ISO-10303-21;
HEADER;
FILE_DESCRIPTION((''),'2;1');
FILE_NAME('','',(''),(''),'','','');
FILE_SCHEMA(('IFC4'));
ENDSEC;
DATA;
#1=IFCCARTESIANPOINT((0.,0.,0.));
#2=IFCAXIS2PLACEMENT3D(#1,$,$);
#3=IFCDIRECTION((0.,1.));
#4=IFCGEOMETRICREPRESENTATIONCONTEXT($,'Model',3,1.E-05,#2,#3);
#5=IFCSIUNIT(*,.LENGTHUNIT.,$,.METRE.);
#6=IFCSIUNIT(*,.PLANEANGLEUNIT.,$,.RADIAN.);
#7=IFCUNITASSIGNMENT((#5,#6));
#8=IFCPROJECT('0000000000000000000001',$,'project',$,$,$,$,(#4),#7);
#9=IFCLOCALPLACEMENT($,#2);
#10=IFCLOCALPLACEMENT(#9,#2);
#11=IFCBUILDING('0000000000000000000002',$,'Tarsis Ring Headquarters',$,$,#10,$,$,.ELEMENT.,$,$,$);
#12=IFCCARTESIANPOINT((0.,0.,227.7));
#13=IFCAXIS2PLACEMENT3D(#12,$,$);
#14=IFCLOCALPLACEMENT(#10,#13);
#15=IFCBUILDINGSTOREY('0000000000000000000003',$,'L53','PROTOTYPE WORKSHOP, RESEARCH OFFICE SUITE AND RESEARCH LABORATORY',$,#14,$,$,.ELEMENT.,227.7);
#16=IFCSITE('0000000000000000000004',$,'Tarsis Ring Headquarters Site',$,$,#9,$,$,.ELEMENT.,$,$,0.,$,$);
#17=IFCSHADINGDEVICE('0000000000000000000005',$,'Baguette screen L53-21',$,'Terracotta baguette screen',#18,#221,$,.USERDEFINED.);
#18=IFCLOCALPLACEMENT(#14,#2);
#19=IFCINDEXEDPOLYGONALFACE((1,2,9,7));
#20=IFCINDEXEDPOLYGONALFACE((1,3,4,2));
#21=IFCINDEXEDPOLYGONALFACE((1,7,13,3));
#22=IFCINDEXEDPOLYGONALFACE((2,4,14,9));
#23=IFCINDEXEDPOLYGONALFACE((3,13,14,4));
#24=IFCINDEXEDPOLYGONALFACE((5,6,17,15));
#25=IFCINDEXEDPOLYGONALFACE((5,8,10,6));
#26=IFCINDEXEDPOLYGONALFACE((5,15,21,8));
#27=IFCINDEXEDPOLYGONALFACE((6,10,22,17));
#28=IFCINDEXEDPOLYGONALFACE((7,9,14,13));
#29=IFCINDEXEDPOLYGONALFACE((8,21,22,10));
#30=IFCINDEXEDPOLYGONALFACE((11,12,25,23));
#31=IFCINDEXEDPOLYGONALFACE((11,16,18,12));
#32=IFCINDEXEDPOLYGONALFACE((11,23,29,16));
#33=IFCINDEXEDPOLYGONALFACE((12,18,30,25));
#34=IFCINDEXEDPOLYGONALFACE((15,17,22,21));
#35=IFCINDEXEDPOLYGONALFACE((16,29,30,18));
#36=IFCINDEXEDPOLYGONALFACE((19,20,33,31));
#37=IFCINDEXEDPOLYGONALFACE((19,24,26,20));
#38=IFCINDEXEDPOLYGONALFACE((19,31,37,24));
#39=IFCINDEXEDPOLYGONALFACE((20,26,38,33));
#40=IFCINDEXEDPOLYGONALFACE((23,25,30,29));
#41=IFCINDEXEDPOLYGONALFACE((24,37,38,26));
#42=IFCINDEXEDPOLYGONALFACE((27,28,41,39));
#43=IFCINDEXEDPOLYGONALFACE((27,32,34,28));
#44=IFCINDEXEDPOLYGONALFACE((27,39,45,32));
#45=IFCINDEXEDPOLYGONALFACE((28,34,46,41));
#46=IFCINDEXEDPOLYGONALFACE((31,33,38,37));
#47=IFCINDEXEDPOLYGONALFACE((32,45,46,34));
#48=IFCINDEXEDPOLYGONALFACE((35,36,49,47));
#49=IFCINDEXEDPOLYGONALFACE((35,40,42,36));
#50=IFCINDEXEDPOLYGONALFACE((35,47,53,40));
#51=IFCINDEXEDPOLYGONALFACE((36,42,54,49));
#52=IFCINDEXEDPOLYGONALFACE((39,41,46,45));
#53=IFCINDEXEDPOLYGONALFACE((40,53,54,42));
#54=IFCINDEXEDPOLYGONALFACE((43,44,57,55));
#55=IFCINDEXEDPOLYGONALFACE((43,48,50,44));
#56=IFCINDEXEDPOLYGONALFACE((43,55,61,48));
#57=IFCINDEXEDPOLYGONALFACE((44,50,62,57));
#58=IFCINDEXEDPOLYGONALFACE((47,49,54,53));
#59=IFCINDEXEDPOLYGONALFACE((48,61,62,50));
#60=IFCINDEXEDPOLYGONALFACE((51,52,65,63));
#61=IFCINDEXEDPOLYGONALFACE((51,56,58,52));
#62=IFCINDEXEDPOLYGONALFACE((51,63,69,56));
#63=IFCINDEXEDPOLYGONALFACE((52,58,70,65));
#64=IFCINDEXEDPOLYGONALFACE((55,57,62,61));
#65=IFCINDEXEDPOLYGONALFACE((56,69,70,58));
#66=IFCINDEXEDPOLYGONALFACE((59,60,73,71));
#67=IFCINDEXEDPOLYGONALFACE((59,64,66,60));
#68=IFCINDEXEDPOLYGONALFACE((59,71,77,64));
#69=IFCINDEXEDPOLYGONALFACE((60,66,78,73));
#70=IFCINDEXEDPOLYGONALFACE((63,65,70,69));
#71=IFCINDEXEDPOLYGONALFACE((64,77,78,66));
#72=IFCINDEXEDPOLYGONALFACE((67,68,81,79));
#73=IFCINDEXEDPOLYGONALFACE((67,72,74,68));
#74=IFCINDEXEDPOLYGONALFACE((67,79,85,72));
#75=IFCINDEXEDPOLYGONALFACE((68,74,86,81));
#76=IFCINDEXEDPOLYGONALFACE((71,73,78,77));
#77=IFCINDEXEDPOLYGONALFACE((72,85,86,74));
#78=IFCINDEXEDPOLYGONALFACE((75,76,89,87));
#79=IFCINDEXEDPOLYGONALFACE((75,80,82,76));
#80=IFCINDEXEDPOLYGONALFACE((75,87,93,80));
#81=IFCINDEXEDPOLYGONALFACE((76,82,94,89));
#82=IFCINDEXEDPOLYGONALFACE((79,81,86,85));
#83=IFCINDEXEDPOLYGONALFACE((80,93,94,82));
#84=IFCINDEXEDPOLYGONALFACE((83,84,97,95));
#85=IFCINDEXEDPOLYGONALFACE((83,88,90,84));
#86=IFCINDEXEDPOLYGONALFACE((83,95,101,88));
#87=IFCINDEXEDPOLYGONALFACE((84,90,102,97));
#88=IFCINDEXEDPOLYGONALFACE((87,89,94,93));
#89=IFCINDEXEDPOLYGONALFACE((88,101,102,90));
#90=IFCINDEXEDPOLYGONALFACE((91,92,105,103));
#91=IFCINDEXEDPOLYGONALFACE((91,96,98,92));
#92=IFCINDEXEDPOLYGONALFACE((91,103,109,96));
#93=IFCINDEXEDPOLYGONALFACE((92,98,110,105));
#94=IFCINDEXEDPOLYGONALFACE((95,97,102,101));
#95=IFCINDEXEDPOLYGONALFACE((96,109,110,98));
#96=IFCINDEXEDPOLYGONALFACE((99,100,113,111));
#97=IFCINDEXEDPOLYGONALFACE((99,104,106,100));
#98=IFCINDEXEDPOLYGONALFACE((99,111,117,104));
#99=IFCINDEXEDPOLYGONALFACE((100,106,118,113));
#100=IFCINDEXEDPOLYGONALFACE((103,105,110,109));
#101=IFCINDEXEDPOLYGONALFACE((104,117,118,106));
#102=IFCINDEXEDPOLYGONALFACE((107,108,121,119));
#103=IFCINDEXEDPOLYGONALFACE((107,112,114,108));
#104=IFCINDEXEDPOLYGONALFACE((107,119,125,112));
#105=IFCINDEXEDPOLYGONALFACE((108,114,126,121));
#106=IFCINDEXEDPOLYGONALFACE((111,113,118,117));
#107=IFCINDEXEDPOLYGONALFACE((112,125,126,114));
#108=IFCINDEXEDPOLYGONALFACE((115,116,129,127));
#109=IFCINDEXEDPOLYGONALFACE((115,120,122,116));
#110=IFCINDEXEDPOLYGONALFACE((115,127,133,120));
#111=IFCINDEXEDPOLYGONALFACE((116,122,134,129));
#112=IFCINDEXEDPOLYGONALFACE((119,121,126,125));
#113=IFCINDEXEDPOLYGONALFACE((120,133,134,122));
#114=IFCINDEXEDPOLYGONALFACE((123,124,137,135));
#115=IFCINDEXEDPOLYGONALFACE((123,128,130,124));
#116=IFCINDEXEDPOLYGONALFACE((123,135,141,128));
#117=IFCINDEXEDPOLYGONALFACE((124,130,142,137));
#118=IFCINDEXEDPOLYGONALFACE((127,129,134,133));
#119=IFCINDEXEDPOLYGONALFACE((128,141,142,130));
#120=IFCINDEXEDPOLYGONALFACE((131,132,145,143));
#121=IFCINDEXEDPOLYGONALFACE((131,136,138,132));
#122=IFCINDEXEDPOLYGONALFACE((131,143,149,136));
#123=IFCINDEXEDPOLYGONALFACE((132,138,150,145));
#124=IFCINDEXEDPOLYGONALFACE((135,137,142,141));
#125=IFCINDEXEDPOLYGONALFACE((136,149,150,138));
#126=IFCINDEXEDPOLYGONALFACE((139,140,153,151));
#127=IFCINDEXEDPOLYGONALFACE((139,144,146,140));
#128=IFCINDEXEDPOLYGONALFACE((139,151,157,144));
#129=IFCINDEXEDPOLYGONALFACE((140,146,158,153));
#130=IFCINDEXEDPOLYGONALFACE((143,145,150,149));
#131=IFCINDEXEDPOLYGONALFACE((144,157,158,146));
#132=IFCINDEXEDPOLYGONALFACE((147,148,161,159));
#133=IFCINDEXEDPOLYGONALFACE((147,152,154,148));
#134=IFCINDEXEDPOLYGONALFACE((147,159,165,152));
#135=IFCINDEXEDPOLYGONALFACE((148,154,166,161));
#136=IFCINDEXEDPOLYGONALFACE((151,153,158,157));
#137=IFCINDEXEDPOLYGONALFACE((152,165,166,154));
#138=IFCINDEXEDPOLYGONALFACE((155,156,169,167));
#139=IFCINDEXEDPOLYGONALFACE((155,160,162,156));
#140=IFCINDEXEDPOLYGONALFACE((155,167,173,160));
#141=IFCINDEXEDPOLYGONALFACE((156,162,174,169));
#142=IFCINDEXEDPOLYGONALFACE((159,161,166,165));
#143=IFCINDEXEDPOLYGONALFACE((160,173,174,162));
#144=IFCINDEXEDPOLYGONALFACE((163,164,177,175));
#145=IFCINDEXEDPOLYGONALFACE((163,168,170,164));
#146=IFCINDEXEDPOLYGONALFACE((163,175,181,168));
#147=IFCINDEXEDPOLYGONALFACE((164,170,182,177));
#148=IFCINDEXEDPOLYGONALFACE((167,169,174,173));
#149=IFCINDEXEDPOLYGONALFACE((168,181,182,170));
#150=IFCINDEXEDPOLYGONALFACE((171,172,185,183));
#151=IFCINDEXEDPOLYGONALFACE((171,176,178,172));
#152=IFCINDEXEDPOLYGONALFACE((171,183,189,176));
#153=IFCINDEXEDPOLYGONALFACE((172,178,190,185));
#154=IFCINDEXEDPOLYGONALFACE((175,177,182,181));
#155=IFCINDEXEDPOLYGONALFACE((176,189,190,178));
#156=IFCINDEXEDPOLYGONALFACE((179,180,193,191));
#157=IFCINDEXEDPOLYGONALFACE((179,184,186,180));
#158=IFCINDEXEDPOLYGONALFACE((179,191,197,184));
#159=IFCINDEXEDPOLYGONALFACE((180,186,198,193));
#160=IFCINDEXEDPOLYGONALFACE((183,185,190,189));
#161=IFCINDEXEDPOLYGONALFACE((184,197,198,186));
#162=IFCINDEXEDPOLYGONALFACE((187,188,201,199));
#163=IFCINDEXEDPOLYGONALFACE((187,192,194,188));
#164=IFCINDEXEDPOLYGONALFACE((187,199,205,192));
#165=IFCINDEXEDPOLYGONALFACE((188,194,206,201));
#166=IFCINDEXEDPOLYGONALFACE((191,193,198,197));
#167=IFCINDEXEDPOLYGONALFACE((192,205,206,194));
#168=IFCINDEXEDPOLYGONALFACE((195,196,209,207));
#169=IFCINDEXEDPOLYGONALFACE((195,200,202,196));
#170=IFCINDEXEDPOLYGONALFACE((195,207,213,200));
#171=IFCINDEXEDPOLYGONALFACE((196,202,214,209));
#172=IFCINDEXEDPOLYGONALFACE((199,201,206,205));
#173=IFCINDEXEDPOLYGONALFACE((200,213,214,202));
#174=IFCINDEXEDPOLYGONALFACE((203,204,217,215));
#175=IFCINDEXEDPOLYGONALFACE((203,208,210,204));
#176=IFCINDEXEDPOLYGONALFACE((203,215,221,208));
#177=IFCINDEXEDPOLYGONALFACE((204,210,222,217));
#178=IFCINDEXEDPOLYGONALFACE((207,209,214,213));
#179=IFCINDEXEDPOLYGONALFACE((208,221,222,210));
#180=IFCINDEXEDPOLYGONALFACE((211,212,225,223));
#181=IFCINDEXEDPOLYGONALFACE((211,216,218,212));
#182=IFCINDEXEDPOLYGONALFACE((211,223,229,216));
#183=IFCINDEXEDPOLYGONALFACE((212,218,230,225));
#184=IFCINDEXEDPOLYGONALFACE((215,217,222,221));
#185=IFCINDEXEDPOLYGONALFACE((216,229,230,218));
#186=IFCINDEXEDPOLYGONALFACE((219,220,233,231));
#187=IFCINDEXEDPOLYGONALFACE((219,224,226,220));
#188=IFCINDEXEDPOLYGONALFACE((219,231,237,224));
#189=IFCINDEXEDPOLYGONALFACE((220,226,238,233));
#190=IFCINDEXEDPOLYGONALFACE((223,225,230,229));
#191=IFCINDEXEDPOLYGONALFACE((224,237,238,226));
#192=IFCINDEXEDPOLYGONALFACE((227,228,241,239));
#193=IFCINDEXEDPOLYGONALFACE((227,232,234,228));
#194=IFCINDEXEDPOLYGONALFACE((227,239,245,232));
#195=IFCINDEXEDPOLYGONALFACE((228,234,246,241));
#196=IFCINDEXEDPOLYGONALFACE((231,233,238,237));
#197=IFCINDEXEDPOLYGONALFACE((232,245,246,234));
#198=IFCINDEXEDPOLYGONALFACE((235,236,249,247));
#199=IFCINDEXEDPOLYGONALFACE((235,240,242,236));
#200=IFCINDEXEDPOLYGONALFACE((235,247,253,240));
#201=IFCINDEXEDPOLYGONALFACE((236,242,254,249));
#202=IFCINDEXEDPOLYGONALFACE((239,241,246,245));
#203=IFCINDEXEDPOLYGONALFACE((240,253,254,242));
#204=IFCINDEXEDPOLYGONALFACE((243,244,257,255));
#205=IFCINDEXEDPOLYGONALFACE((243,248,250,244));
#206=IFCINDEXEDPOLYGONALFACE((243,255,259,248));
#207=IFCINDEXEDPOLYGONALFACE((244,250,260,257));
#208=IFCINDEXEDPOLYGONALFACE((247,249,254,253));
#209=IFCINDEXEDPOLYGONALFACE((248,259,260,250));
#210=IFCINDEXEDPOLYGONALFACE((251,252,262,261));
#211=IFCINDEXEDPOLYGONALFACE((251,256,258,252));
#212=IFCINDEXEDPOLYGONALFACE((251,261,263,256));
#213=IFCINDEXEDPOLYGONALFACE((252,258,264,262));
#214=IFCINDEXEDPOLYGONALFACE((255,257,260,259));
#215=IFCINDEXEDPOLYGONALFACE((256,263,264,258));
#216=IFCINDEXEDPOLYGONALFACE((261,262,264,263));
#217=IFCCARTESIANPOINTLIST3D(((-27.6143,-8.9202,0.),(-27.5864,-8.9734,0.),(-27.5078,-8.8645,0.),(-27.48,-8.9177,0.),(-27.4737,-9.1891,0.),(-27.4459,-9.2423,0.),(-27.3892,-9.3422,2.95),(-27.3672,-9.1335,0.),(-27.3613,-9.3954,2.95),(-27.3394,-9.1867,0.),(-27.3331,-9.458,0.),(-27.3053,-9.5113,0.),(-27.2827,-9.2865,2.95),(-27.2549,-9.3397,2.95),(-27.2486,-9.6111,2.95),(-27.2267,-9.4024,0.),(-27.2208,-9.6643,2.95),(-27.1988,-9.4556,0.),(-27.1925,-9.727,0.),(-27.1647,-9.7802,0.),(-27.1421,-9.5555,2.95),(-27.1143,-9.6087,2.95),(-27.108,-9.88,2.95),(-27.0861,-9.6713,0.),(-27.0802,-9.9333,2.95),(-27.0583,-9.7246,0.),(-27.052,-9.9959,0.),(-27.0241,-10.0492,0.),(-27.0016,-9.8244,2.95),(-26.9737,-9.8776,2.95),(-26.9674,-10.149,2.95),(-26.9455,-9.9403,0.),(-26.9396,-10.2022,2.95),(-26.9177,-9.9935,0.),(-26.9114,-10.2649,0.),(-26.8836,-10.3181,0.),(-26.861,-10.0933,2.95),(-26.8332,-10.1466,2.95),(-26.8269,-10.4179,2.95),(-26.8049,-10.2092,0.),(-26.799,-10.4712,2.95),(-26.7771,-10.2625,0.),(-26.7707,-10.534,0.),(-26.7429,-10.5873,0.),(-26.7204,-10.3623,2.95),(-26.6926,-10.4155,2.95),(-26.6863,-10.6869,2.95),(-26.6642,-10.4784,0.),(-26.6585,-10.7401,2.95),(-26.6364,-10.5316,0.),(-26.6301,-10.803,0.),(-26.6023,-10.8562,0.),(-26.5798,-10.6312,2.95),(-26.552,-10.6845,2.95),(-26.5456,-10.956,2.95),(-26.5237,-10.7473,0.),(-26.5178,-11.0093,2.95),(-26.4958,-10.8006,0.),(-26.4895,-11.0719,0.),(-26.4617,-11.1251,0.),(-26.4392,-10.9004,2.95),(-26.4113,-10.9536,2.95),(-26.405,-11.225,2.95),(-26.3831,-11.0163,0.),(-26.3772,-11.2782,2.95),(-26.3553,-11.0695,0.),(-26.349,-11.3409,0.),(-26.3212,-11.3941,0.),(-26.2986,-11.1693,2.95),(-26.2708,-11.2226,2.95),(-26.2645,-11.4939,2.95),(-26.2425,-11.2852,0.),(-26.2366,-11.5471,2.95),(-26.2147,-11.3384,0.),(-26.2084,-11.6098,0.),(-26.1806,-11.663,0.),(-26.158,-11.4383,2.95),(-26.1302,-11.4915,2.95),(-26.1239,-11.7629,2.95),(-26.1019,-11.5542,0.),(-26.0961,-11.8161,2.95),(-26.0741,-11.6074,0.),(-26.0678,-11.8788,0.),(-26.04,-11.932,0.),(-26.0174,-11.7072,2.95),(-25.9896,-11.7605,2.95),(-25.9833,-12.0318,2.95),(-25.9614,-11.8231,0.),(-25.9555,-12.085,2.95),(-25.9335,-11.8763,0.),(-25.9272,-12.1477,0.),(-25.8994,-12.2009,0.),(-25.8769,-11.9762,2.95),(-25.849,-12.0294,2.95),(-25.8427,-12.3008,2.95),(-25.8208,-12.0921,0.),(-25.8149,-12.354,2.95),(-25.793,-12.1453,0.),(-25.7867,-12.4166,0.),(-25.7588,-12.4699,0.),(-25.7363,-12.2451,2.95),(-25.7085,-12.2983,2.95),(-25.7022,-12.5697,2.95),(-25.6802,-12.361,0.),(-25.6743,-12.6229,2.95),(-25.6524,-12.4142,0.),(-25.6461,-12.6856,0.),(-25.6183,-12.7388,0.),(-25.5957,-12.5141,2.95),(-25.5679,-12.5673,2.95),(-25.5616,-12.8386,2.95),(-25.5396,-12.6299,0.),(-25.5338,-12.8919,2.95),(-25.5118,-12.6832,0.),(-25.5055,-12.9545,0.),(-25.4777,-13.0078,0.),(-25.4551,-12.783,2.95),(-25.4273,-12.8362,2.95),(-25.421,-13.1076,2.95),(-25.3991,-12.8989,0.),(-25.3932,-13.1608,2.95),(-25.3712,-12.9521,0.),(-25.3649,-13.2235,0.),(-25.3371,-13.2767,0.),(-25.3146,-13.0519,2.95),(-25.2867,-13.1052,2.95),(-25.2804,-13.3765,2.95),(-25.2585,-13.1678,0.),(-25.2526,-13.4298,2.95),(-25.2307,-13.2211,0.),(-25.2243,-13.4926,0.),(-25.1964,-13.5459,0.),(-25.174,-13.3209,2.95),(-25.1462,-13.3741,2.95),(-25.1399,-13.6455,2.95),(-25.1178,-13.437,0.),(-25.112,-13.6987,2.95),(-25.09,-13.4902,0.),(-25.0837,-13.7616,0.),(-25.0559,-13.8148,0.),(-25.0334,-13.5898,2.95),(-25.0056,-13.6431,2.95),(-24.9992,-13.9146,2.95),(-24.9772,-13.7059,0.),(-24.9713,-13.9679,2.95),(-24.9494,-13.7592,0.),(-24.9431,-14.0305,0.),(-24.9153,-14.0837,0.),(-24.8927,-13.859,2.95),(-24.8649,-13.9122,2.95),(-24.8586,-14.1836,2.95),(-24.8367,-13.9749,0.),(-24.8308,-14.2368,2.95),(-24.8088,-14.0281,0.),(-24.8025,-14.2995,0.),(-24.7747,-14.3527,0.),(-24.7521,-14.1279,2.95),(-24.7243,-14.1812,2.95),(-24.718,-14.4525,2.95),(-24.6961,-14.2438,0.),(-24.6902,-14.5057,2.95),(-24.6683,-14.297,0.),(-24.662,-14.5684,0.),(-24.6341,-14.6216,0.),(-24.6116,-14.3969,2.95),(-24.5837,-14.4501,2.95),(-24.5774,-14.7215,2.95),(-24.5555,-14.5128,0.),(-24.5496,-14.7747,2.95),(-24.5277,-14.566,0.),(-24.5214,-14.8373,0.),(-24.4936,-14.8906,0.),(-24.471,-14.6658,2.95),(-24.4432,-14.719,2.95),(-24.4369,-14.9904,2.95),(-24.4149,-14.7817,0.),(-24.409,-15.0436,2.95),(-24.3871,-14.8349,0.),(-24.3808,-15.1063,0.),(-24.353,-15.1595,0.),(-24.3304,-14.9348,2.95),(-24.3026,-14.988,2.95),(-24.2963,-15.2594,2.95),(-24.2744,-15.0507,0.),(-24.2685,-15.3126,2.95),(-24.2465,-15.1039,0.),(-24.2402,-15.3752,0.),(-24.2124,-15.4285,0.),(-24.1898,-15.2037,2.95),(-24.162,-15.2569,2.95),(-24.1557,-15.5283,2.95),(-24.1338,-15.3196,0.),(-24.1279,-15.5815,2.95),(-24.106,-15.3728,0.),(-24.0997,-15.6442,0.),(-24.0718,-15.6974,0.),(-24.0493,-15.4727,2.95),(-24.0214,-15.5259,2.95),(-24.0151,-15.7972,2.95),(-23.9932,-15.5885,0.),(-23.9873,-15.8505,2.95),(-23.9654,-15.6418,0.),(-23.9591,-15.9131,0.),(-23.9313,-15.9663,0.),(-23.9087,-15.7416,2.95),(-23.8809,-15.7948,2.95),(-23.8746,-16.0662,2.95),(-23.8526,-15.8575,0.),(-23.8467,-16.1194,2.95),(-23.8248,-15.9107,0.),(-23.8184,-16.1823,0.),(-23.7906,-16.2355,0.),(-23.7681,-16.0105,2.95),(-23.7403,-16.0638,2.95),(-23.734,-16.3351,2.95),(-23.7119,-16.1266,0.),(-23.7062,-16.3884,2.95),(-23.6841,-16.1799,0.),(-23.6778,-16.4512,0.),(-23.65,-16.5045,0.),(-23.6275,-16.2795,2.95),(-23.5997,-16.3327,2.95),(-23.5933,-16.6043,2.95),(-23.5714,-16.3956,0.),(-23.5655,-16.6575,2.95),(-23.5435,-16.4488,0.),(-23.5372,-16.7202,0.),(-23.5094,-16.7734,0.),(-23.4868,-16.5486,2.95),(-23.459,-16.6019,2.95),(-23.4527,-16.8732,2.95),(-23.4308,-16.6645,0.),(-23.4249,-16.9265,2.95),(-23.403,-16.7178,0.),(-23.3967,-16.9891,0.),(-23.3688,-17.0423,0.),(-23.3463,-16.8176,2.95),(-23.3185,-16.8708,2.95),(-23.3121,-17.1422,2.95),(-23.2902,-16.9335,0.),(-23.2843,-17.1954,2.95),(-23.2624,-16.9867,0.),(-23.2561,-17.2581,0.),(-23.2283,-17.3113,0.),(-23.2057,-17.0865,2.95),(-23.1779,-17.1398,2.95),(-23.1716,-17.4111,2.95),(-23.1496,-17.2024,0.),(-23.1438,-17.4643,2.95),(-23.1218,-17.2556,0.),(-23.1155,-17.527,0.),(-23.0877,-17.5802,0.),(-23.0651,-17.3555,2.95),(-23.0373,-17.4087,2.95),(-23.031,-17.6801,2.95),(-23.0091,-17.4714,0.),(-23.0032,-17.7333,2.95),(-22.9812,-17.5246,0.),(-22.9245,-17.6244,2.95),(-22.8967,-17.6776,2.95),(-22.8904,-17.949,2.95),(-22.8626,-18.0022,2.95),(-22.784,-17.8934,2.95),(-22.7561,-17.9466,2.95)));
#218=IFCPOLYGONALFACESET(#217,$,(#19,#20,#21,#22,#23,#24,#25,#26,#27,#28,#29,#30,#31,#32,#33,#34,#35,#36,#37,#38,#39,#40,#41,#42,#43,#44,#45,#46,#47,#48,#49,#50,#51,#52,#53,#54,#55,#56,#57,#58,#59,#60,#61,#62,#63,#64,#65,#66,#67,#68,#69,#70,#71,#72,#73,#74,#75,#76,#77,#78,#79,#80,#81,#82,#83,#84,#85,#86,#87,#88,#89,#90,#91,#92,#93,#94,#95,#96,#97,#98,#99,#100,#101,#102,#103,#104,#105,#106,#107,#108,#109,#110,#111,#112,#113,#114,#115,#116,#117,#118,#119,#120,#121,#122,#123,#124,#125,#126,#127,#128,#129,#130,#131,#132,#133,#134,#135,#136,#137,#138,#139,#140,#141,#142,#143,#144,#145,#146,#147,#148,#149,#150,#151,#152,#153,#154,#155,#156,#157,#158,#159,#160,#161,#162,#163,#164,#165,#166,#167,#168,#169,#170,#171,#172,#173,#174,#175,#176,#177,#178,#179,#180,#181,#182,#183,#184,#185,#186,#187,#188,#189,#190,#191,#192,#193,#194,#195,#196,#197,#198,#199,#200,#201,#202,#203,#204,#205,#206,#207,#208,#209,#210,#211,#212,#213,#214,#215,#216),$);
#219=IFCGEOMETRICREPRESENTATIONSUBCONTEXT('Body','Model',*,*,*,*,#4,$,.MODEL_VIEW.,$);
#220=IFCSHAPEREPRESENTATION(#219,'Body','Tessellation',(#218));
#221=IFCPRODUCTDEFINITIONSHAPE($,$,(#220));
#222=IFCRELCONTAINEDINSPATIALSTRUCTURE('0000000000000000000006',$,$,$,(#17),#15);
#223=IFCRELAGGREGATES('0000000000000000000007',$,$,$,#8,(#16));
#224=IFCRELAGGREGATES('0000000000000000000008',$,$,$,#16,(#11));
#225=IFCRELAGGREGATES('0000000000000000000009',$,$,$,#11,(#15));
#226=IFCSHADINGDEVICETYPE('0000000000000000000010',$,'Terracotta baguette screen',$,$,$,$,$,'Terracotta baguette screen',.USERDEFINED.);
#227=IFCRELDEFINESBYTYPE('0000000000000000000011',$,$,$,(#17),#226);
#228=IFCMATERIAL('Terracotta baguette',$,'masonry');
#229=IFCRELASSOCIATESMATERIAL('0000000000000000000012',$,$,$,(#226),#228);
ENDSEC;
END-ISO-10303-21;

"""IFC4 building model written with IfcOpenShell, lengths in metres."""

from ifc_helpers import new_model, si_unit, direction, frame, frame_2d, origin, place, context, subcontext, project, spatial, rectangle, composite_profile, extrude, material, type_object, element, save


model = new_model("IFC4")

# Units and contexts
model_context = context("Model", 3, precision=1e-05, world=origin(), true_north=direction((0.0, 1.0)))
body_context = subcontext(model_context, "Body", "Model", "MODEL_VIEW")
ifc_project = project(units=[si_unit("LENGTHUNIT", "METRE"), si_unit("PLANEANGLEUNIT", "RADIAN")], contexts=[model_context])

# Site, building, storey
site_placement = place(None, origin())
site = spatial("IfcSite", under=ifc_project, at=site_placement, Name="Tarsis Ring Headquarters Site", CompositionType="ELEMENT", RefElevation=0.0)
building_placement = place(site_placement, origin())
building = spatial("IfcBuilding", under=site, at=building_placement, Name="Tarsis Ring Headquarters", CompositionType="ELEMENT")
storey_placement = place(building_placement, frame((0.0, 0.0, 227.7)))
storey = spatial("IfcBuildingStorey", under=building, at=storey_placement, Name="L53", Description="PROTOTYPE WORKSHOP, RESEARCH OFFICE SUITE AND RESEARCH LABORATORY", CompositionType="ELEMENT", Elevation=227.7)

# Shading device
ifc_material_1 = material(Name="Terracotta baguette", Category="masonry")
shading_device_type = type_object("IfcShadingDeviceType", Name="Terracotta baguette screen", ElementType="Terracotta baguette screen", PredefinedType="USERDEFINED", material=ifc_material_1)
shading_device_1_placement = place(storey_placement, frame((-27.561, -8.8923, 0.0), z_axis=(0.0, 0.0, 1.0), x_axis=(0.463235, -0.886246, 0.0)))
element("IfcShadingDevice", 1, at=shading_device_1_placement, inside=storey, type_object=shading_device_type, Name="Baguette screen L53-21", ObjectType="Terracotta baguette screen", PredefinedType="USERDEFINED", context=body_context, shape_type="SweptSolid", body=[
    extrude(composite_profile([rectangle(XDim=0.0601, YDim=0.1201, at=frame_2d((0.03, 0.0))), rectangle(XDim=0.0601, YDim=0.1201, at=frame_2d((0.3335, 0.0))), rectangle(XDim=0.0601, YDim=0.1201, at=frame_2d((0.637, 0.0))), rectangle(XDim=0.0601, YDim=0.1201, at=frame_2d((0.9404, 0.0))), rectangle(XDim=0.0601, YDim=0.1201, at=frame_2d((1.2439, 0.0))), rectangle(XDim=0.0601, YDim=0.1201, at=frame_2d((1.5474, 0.0))), rectangle(XDim=0.0601, YDim=0.1201, at=frame_2d((1.8511, 0.0))), rectangle(XDim=0.0601, YDim=0.1201, at=frame_2d((2.1545, 0.0))), rectangle(XDim=0.0601, YDim=0.1201, at=frame_2d((2.458, 0.0))), rectangle(XDim=0.0601, YDim=0.1201, at=frame_2d((2.7615, 0.0))), rectangle(XDim=0.0601, YDim=0.1201, at=frame_2d((3.0649, 0.0))), rectangle(XDim=0.0601, YDim=0.1201, at=frame_2d((3.3684, 0.0))), rectangle(XDim=0.0601, YDim=0.1201, at=frame_2d((3.6719, 0.0))), rectangle(XDim=0.0601, YDim=0.1201, at=frame_2d((3.9753, 0.0))), rectangle(XDim=0.0601, YDim=0.1201, at=frame_2d((4.2788, 0.0))), rectangle(XDim=0.0601, YDim=0.1201, at=frame_2d((4.5823, 0.0))), rectangle(XDim=0.0601, YDim=0.1201, at=frame_2d((4.8857, 0.0))), rectangle(XDim=0.0601, YDim=0.1201, at=frame_2d((5.1895, 0.0))), rectangle(XDim=0.0601, YDim=0.1201, at=frame_2d((5.4929, 0.0))), rectangle(XDim=0.0601, YDim=0.1201, at=frame_2d((5.7964, 0.0))), rectangle(XDim=0.0601, YDim=0.1201, at=frame_2d((6.0999, 0.0))), rectangle(XDim=0.0601, YDim=0.1201, at=frame_2d((6.4033, 0.0))), rectangle(XDim=0.0601, YDim=0.1201, at=frame_2d((6.7068, 0.0))), rectangle(XDim=0.0601, YDim=0.1201, at=frame_2d((7.0103, 0.0))), rectangle(XDim=0.0601, YDim=0.1201, at=frame_2d((7.3137, 0.0))), rectangle(XDim=0.0601, YDim=0.1201, at=frame_2d((7.6172, 0.0))), rectangle(XDim=0.0601, YDim=0.1201, at=frame_2d((7.9207, 0.0))), rectangle(XDim=0.0601, YDim=0.1201, at=frame_2d((8.2244, 0.0))), rectangle(XDim=0.0601, YDim=0.1201, at=frame_2d((8.5278, 0.0))), rectangle(XDim=0.0601, YDim=0.1201, at=frame_2d((8.8313, 0.0))), rectangle(XDim=0.0601, YDim=0.1201, at=frame_2d((9.1348, 0.0))), rectangle(XDim=0.0601, YDim=0.1201, at=frame_2d((9.4382, 0.0))), rectangle(XDim=0.0601, YDim=0.1201, at=frame_2d((9.7417, 0.0)))]), origin(), (0.160033, 0.001338, 0.987111), 2.9885),
])

save(model, "model.ifc")
